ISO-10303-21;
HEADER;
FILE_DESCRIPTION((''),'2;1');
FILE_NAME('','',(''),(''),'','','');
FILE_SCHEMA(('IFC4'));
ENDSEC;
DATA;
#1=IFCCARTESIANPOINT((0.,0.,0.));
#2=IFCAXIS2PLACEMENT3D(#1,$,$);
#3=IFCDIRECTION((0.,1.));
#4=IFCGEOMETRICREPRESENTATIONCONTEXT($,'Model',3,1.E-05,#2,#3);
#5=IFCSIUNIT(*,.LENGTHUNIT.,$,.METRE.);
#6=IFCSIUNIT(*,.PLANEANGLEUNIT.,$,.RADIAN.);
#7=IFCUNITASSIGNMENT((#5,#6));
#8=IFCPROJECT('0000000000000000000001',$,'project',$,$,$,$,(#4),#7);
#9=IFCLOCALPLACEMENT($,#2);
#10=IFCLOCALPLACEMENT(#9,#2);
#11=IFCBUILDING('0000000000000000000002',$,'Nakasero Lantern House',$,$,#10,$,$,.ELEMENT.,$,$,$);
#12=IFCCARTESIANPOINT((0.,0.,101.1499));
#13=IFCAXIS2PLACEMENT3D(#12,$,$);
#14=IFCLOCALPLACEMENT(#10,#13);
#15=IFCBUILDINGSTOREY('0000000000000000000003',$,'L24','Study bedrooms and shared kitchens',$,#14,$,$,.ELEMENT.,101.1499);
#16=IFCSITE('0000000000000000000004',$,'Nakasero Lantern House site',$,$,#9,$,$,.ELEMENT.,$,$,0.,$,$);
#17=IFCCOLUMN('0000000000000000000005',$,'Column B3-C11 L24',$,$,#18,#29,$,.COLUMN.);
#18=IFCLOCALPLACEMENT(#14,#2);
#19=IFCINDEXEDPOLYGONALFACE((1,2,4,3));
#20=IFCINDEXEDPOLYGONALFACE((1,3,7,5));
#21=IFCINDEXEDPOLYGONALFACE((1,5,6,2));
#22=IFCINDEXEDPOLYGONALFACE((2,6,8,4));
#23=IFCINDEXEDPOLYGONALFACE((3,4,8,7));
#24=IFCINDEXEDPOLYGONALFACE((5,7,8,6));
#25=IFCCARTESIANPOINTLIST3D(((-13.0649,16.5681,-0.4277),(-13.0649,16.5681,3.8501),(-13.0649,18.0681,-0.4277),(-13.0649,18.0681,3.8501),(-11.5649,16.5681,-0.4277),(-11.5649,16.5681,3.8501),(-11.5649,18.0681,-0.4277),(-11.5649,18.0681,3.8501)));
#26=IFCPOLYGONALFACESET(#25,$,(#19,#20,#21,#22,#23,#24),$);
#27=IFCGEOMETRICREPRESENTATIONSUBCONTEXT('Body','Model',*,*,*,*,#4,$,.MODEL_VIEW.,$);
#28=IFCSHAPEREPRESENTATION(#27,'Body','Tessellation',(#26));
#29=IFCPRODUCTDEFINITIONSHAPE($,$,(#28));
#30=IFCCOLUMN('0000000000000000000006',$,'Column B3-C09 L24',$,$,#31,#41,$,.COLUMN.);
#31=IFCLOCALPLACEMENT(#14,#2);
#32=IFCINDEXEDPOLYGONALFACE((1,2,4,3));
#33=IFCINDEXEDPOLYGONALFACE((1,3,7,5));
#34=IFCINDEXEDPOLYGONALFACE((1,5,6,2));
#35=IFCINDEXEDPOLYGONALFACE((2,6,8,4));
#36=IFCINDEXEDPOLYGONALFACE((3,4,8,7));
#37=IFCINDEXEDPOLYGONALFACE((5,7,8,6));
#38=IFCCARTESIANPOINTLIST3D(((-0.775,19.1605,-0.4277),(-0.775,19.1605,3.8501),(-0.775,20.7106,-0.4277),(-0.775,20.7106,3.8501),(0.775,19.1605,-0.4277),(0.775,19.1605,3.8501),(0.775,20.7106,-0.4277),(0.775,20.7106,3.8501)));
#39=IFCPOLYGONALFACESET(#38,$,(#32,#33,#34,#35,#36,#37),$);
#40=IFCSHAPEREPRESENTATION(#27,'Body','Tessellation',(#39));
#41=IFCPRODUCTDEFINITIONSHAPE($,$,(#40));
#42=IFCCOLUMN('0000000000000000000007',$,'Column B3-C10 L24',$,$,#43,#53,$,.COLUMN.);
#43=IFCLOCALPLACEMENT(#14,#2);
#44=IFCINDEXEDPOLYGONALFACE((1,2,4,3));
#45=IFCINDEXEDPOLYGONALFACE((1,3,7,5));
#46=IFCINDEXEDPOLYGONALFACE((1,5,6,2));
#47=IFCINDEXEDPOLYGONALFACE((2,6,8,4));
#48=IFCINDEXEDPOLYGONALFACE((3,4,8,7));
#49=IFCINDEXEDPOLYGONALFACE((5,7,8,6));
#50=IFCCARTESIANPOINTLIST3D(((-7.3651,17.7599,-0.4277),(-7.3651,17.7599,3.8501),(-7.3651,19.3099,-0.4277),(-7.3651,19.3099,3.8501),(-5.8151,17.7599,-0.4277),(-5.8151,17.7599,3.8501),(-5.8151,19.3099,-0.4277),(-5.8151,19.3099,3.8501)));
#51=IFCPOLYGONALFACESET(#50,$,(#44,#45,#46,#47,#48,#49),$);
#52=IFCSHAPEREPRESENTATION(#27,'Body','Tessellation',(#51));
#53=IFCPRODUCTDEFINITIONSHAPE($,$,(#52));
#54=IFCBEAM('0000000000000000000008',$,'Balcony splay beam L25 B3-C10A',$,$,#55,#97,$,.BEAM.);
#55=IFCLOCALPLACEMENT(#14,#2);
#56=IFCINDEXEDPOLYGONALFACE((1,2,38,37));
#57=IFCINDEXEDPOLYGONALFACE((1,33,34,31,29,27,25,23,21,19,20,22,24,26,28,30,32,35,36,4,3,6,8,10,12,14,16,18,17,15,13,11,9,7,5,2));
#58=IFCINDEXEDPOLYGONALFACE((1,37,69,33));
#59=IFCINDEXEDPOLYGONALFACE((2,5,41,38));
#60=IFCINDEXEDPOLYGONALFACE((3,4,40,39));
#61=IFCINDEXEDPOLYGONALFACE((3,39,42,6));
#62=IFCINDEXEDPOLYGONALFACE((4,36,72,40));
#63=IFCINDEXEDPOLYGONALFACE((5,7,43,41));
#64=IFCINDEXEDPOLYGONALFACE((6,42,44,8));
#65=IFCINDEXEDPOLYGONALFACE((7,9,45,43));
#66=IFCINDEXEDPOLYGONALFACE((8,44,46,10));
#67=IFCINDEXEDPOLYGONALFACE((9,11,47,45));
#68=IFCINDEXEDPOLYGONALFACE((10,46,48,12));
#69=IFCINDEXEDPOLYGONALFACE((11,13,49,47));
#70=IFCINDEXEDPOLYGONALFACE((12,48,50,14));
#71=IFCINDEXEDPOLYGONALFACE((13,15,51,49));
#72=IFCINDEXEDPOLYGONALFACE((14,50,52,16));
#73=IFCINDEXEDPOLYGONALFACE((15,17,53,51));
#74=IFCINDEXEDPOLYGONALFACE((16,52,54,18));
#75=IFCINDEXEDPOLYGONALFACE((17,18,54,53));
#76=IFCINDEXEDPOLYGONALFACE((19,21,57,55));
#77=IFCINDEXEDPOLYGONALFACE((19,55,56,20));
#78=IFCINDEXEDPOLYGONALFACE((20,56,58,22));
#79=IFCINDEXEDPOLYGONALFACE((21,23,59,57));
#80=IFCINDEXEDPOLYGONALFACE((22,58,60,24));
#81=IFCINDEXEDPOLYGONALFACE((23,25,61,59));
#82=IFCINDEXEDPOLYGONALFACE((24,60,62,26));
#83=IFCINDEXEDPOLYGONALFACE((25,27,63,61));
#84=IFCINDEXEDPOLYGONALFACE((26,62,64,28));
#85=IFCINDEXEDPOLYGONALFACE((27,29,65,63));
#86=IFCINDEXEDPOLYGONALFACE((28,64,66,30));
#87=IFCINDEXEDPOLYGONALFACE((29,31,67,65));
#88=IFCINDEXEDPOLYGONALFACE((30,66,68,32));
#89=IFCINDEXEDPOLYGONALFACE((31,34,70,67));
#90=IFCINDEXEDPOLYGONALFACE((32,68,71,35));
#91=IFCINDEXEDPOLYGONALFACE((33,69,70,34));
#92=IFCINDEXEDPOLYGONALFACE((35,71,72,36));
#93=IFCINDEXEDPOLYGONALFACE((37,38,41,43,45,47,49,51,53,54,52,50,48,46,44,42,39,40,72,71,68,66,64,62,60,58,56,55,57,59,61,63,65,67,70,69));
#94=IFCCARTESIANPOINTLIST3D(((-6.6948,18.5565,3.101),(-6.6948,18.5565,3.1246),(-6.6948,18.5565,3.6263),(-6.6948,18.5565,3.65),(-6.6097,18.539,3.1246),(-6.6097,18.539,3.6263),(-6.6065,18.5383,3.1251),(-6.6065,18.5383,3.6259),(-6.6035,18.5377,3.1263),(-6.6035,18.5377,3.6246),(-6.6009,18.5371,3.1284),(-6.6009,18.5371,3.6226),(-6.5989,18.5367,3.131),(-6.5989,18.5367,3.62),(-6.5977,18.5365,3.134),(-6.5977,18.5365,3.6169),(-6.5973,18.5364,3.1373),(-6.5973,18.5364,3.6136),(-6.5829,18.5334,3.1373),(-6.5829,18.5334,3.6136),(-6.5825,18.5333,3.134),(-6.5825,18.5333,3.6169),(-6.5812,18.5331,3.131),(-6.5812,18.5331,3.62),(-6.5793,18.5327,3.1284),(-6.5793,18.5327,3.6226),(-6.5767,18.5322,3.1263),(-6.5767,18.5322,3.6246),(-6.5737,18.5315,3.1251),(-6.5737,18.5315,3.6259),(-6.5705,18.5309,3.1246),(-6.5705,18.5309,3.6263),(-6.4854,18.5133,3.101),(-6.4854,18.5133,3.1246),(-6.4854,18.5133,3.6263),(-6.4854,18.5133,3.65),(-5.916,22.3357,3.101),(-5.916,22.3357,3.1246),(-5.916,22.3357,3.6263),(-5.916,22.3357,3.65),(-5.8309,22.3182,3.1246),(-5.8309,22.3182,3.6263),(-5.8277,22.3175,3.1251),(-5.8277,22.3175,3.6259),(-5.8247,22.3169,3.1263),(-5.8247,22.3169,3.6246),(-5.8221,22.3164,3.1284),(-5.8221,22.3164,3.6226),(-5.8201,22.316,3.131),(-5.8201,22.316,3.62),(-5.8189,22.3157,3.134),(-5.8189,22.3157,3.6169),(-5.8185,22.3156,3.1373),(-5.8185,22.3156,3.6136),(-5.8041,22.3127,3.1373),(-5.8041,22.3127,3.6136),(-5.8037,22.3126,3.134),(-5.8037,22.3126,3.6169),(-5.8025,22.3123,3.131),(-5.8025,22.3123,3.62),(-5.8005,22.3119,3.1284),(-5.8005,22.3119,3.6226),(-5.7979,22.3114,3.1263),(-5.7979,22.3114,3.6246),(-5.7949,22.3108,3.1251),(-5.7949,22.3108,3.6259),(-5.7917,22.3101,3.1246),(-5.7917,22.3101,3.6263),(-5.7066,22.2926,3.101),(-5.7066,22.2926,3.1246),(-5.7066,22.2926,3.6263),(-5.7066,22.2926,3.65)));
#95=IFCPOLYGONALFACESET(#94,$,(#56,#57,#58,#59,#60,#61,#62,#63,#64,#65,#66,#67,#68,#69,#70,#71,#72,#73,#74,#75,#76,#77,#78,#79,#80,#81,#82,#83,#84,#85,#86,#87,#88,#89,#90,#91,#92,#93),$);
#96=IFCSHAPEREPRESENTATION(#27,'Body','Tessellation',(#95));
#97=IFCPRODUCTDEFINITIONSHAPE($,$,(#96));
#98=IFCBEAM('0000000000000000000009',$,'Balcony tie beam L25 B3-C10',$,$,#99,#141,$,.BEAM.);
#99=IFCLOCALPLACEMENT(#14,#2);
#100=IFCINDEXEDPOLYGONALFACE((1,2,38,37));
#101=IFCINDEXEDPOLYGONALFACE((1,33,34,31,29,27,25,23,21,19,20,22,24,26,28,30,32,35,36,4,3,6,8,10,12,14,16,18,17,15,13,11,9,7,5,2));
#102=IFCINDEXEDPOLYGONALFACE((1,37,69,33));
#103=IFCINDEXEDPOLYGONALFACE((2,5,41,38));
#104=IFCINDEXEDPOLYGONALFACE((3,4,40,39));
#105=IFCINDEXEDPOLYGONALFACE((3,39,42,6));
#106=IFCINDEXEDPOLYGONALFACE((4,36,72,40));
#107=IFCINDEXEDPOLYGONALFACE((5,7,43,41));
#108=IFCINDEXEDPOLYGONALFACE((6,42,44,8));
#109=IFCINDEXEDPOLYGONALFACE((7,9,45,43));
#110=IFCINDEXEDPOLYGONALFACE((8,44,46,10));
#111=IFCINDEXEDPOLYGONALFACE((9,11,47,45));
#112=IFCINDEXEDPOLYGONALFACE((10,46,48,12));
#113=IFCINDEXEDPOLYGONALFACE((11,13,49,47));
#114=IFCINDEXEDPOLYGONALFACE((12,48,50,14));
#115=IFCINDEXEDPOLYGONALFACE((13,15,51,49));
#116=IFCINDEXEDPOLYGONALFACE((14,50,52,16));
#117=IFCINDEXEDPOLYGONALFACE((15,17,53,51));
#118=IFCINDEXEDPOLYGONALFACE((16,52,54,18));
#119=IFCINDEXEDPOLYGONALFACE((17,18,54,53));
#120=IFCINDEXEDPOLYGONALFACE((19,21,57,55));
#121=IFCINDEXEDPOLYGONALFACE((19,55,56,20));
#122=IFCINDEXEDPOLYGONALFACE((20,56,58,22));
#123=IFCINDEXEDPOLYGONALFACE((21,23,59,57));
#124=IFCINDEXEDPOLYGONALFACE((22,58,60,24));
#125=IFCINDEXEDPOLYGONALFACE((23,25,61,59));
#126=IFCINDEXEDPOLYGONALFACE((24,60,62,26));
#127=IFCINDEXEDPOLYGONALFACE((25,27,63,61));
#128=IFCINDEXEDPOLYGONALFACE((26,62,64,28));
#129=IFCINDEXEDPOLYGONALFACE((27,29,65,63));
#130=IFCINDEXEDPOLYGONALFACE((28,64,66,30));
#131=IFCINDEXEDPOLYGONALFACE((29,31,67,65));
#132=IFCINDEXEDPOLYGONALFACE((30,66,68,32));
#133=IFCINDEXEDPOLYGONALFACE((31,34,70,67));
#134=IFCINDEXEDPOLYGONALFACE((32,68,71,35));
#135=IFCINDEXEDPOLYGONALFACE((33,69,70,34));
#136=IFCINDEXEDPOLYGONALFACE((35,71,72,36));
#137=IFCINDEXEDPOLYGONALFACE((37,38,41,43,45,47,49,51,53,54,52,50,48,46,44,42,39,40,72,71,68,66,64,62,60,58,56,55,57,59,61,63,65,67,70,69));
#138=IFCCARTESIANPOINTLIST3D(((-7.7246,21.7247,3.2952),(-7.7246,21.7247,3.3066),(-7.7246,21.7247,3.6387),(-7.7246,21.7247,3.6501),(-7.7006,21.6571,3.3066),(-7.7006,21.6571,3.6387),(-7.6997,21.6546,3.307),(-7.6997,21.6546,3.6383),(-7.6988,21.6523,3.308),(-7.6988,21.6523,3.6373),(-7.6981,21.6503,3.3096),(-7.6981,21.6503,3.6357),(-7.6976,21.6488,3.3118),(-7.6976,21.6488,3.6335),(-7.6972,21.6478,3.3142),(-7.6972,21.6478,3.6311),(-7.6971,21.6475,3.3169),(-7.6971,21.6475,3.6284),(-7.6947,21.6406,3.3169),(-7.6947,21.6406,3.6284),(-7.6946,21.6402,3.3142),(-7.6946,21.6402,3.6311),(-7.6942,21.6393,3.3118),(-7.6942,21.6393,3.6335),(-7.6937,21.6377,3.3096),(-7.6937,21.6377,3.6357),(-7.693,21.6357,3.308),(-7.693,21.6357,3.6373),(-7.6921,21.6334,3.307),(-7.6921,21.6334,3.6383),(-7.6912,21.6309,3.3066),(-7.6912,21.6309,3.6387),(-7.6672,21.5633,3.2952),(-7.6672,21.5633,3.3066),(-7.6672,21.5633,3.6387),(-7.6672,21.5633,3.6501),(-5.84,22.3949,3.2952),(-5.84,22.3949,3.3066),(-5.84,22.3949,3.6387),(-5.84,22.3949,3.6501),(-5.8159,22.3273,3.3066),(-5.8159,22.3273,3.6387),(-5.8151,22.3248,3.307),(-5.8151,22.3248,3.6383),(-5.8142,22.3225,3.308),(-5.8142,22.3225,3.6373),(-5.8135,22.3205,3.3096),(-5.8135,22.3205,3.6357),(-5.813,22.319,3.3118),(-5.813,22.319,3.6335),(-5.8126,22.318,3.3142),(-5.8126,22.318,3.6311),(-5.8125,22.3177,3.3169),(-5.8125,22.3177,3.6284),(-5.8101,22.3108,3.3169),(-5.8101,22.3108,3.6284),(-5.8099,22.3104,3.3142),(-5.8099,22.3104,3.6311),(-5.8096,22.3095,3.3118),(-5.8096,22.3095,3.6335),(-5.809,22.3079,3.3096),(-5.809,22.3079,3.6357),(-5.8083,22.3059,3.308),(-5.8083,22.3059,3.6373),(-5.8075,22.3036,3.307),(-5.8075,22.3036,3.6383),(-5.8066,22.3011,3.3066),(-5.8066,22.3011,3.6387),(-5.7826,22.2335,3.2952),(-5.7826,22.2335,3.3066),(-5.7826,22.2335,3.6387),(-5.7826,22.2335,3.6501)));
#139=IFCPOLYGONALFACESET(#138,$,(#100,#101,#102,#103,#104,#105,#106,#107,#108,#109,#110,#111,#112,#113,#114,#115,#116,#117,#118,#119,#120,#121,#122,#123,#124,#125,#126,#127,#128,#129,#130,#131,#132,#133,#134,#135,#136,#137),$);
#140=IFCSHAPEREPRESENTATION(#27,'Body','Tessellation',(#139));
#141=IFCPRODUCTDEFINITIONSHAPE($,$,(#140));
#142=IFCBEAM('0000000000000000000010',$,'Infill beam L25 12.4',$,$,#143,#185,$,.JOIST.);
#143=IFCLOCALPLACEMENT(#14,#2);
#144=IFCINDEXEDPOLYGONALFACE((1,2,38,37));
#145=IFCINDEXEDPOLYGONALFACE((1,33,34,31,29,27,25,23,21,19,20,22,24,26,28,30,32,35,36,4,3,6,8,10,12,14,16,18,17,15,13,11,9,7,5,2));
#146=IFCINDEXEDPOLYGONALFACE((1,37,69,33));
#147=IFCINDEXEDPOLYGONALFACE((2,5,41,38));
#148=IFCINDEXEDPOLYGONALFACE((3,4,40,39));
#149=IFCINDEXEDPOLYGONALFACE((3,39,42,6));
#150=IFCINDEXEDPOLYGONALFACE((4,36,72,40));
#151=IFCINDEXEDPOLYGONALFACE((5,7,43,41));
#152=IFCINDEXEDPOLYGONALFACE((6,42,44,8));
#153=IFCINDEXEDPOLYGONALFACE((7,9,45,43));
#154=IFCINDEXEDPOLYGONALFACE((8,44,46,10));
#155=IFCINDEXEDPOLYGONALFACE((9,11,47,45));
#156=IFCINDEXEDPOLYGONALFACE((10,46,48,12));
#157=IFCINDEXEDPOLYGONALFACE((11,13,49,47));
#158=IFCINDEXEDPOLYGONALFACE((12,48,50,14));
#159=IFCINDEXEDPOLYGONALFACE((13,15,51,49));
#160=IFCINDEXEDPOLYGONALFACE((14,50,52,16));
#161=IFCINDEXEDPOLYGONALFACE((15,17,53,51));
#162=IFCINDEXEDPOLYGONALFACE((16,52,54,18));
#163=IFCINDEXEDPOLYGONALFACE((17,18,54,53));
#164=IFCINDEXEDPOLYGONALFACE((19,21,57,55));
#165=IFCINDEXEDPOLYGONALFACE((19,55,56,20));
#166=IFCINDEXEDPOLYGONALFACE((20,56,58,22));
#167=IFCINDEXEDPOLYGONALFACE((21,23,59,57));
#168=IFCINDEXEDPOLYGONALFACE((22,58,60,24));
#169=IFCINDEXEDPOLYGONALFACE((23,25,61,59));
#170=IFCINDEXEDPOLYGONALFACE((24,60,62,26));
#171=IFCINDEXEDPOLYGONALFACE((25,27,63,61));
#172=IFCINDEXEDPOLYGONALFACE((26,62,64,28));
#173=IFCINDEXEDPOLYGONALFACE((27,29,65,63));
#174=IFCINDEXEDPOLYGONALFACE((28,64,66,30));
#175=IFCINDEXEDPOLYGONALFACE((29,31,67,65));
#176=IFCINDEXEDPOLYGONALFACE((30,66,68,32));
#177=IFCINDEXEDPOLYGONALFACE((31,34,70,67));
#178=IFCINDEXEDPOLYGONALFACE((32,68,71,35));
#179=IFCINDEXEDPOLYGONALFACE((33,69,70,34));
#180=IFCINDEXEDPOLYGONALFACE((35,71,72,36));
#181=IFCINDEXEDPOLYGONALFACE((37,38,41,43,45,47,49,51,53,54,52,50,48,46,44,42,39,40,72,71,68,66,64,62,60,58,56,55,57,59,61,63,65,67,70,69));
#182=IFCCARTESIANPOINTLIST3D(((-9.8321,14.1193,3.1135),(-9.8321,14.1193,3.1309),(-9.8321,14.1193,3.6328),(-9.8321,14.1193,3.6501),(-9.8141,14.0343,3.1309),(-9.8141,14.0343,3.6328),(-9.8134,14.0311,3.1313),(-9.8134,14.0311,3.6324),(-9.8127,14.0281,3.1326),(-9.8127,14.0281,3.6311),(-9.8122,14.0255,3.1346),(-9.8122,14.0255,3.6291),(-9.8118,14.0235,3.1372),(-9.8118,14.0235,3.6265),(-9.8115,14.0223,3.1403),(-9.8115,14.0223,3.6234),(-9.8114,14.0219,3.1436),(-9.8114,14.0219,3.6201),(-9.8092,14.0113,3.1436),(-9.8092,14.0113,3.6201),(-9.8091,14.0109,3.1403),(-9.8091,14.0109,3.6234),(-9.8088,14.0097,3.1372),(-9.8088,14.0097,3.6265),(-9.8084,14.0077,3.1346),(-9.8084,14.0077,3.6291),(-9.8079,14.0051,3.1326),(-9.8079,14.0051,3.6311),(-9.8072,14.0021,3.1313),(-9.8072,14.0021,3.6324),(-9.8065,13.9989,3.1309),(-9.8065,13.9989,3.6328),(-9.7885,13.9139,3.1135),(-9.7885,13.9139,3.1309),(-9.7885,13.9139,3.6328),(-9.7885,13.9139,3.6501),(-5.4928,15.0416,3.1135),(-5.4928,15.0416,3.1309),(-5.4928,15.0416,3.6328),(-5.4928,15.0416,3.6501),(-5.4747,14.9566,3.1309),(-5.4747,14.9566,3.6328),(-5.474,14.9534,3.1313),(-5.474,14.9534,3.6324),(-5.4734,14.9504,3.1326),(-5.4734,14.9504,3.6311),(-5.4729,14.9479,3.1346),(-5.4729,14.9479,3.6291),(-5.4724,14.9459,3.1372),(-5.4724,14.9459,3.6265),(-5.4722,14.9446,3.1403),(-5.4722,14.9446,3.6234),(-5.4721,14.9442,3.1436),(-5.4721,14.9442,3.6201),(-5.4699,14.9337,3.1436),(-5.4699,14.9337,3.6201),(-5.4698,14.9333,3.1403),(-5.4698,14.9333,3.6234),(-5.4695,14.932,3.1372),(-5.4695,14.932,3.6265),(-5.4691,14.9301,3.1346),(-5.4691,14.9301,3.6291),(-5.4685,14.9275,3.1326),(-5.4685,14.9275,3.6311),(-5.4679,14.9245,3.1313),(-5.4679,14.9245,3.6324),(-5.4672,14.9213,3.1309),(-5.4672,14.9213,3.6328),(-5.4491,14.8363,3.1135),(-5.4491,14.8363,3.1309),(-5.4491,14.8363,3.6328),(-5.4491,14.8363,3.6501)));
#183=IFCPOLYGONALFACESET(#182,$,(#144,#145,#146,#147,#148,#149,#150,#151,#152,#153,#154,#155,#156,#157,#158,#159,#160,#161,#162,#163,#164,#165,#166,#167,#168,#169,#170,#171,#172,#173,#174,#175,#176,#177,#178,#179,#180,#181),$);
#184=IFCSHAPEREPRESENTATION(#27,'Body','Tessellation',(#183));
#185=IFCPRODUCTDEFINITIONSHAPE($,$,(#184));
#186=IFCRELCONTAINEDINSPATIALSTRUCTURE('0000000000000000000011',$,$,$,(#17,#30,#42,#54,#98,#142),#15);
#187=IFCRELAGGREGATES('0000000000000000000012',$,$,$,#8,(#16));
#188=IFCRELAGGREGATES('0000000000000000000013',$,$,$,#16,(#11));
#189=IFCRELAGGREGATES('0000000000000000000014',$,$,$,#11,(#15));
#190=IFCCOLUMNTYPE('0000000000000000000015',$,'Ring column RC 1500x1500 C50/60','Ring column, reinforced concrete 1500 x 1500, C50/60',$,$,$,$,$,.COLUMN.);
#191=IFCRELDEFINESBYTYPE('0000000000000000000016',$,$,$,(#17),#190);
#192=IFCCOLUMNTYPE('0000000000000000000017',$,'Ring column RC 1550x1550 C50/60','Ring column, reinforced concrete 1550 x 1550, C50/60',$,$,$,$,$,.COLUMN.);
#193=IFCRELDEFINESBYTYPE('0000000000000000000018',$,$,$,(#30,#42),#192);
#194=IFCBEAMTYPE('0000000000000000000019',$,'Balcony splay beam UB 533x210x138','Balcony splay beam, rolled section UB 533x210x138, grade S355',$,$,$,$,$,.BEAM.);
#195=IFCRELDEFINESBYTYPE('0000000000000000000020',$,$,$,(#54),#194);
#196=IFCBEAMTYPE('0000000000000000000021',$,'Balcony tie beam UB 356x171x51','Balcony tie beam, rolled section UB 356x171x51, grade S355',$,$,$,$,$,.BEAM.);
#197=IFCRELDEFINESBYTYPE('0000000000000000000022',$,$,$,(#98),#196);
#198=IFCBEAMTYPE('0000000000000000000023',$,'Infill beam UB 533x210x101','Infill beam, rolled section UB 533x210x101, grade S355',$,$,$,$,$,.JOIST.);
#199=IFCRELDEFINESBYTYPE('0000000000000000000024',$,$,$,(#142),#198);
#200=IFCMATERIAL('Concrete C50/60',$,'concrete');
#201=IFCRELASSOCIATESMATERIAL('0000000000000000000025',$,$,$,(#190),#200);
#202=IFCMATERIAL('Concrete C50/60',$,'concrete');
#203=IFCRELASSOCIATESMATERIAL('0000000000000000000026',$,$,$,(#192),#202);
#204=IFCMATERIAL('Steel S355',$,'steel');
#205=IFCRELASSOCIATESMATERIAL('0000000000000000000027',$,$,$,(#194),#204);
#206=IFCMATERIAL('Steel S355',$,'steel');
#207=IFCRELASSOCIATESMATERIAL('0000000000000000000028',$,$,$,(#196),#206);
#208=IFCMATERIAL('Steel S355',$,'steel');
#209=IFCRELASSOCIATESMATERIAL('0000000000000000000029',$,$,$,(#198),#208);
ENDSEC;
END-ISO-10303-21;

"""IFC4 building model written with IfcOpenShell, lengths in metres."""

from ifc_helpers import new_model, si_unit, direction, frame, origin, origin_2d, place, context, subcontext, project, spatial, rectangle, i_section, extrude, material, material_profile, profile_set, type_object, element, save


model = new_model("IFC4")

# Units and contexts
model_context = context("Model", 3, precision=1e-05, world=origin(), true_north=direction((0.0, 1.0)))
body_context = subcontext(model_context, "Body", "Model", "MODEL_VIEW")
ifc_project = project(units=[si_unit("LENGTHUNIT", "METRE"), si_unit("PLANEANGLEUNIT", "RADIAN")], contexts=[model_context])

# Site, building, storey
site_placement = place(None, origin())
site = spatial("IfcSite", under=ifc_project, at=site_placement, Name="Nakasero Lantern House site", CompositionType="ELEMENT", RefElevation=0.0)
building_placement = place(site_placement, origin())
building = spatial("IfcBuilding", under=site, at=building_placement, Name="Nakasero Lantern House", CompositionType="ELEMENT")
storey_placement = place(building_placement, frame((0.0, 0.0, 101.1499)))
storey = spatial("IfcBuildingStorey", under=building, at=storey_placement, Name="L24", Description="Study bedrooms and shared kitchens", CompositionType="ELEMENT", Elevation=101.1499)

# Columns
ifc_material_1 = material(Name="Concrete C50/60", Category="concrete")
ifc_material_profile_1 = material_profile(ifc_material_1, rectangle(XDim=1.5, YDim=1.5, at=origin_2d()), Name="RC 1500x1500")
ifc_profile_set_1 = profile_set([ifc_material_profile_1], Name="Concrete C50/60")
column_type_1 = type_object("IfcColumnType", Name="Ring column RC 1500x1500 C50/60", Description="Ring column, reinforced concrete 1500 x 1500, C50/60", PredefinedType="COLUMN", material=ifc_profile_set_1)
column_placement = place(storey_placement, frame((-12.3149, 17.3181, -0.4277), z_axis=(0.0, 0.0, 1.0), x_axis=(1.0, 0.0, 0.0)))
element("IfcColumn", 1, at=column_placement, inside=storey, type_object=column_type_1, Name="Column B3-C11 L24", PredefinedType="COLUMN", context=body_context, shape_type="SweptSolid", body=[
    extrude(rectangle(XDim=1.5, YDim=1.5, at=origin_2d()), origin(), (0.0, 0.0, 1.0), 4.2778),
])
ifc_material_2 = material(Name="Concrete C50/60", Category="concrete")
ifc_material_profile_2 = material_profile(ifc_material_2, rectangle(XDim=1.55, YDim=1.55, at=origin_2d()), Name="RC 1550x1550")
ifc_profile_set_2 = profile_set([ifc_material_profile_2], Name="Concrete C50/60")
column_type_2 = type_object("IfcColumnType", Name="Ring column RC 1550x1550 C50/60", Description="Ring column, reinforced concrete 1550 x 1550, C50/60", PredefinedType="COLUMN", material=ifc_profile_set_2)
for number, where, z_axis, x_axis, name in (
    (2, (0.0, 19.9355, -0.4277), (0.0, 0.0, 1.0), (1.0, 0.0, 0.0), "Column B3-C09 L24"),
    (3, (-6.5901, 18.5349, -0.4277), (0.0, 0.0, 1.0), (1.0, 0.0, 0.0), "Column B3-C10 L24"),
):
    element("IfcColumn", number, at=place(storey_placement, frame(where, z_axis=z_axis, x_axis=x_axis)), inside=storey, type_object=column_type_2, Name=name, PredefinedType="COLUMN", context=body_context, shape_type="SweptSolid", body=[
        extrude(rectangle(XDim=1.55, YDim=1.55, at=origin_2d()), origin(), (0.0, 0.0, 1.0), 4.2778),
    ])

# Beams
ifc_material_3 = material(Name="Steel S355", Category="steel")
ifc_material_profile_3 = material_profile(ifc_material_3, i_section(OverallWidth=0.2139, OverallDepth=0.5491, WebThickness=0.0146, FlangeThickness=0.0237, FilletRadius=0.0127, at=origin_2d()), Name="UB 533x210x138")
ifc_profile_set_3 = profile_set([ifc_material_profile_3], Name="Steel S355")
beam_type_1 = type_object("IfcBeamType", Name="Balcony splay beam UB 533x210x138", Description="Balcony splay beam, rolled section UB 533x210x138, grade S355", PredefinedType="BEAM", material=ifc_profile_set_3)
beam_1_placement = place(storey_placement, frame((-6.5901, 18.5349, 3.3755), z_axis=(0.201831, 0.97942, 0.0), x_axis=(-0.97942, 0.201831, 0.0)))
element("IfcBeam", 4, at=beam_1_placement, inside=storey, type_object=beam_type_1, Name="Balcony splay beam L25 B3-C10A", PredefinedType="BEAM", context=body_context, shape_type="SweptSolid", body=[
    extrude(i_section(OverallWidth=0.2139, OverallDepth=0.5491, WebThickness=0.0146, FlangeThickness=0.0237, FilletRadius=0.0127, at=origin_2d()), origin(), (0.0, 0.0, 1.0), 3.8586),
])
ifc_material_4 = material(Name="Steel S355", Category="steel")
ifc_material_profile_4 = material_profile(ifc_material_4, i_section(OverallWidth=0.1714, OverallDepth=0.355, WebThickness=0.0073, FlangeThickness=0.0115, FilletRadius=0.0103, at=origin_2d()), Name="UB 356x171x51")
ifc_profile_set_4 = profile_set([ifc_material_profile_4], Name="Steel S355")
beam_type_2 = type_object("IfcBeamType", Name="Balcony tie beam UB 356x171x51", Description="Balcony tie beam, rolled section UB 356x171x51, grade S355", PredefinedType="BEAM", material=ifc_profile_set_4)
beam_2_placement = place(storey_placement, frame((-5.8113, 22.3142, 3.4727), z_axis=(-0.942197, -0.33506, 0.0), x_axis=(0.33506, -0.942197, 0.0)))
element("IfcBeam", 5, at=beam_2_placement, inside=storey, type_object=beam_type_2, Name="Balcony tie beam L25 B3-C10", PredefinedType="BEAM", context=body_context, shape_type="SweptSolid", body=[
    extrude(i_section(OverallWidth=0.1714, OverallDepth=0.355, WebThickness=0.0073, FlangeThickness=0.0115, FilletRadius=0.0103, at=origin_2d()), origin(), (0.0, 0.0, 1.0), 2.0002),
])
ifc_material_5 = material(Name="Steel S355", Category="steel")
ifc_material_profile_5 = material_profile(ifc_material_5, i_section(OverallWidth=0.21, OverallDepth=0.5366, WebThickness=0.0107, FlangeThickness=0.0173, FilletRadius=0.0127, at=origin_2d()), Name="UB 533x210x101")
ifc_profile_set_5 = profile_set([ifc_material_profile_5], Name="Steel S355")
beam_type_3 = type_object("IfcBeamType", Name="Infill beam UB 533x210x101", Description="Infill beam, rolled section UB 533x210x101, grade S355", PredefinedType="JOIST", material=ifc_profile_set_5)
beam_3_placement = place(storey_placement, frame((-9.8103, 14.0166, 3.3818), z_axis=(0.978147, 0.207913, 0.0), x_axis=(-0.207913, 0.978147, 0.0)))
element("IfcBeam", 6, at=beam_3_placement, inside=storey, type_object=beam_type_3, Name="Infill beam L25 12.4", PredefinedType="JOIST", context=body_context, shape_type="SweptSolid", body=[
    extrude(i_section(OverallWidth=0.21, OverallDepth=0.5366, WebThickness=0.0107, FlangeThickness=0.0173, FilletRadius=0.0127, at=origin_2d()), origin(), (0.0, 0.0, 1.0), 4.4363),
])

save(model, "model.ifc")
